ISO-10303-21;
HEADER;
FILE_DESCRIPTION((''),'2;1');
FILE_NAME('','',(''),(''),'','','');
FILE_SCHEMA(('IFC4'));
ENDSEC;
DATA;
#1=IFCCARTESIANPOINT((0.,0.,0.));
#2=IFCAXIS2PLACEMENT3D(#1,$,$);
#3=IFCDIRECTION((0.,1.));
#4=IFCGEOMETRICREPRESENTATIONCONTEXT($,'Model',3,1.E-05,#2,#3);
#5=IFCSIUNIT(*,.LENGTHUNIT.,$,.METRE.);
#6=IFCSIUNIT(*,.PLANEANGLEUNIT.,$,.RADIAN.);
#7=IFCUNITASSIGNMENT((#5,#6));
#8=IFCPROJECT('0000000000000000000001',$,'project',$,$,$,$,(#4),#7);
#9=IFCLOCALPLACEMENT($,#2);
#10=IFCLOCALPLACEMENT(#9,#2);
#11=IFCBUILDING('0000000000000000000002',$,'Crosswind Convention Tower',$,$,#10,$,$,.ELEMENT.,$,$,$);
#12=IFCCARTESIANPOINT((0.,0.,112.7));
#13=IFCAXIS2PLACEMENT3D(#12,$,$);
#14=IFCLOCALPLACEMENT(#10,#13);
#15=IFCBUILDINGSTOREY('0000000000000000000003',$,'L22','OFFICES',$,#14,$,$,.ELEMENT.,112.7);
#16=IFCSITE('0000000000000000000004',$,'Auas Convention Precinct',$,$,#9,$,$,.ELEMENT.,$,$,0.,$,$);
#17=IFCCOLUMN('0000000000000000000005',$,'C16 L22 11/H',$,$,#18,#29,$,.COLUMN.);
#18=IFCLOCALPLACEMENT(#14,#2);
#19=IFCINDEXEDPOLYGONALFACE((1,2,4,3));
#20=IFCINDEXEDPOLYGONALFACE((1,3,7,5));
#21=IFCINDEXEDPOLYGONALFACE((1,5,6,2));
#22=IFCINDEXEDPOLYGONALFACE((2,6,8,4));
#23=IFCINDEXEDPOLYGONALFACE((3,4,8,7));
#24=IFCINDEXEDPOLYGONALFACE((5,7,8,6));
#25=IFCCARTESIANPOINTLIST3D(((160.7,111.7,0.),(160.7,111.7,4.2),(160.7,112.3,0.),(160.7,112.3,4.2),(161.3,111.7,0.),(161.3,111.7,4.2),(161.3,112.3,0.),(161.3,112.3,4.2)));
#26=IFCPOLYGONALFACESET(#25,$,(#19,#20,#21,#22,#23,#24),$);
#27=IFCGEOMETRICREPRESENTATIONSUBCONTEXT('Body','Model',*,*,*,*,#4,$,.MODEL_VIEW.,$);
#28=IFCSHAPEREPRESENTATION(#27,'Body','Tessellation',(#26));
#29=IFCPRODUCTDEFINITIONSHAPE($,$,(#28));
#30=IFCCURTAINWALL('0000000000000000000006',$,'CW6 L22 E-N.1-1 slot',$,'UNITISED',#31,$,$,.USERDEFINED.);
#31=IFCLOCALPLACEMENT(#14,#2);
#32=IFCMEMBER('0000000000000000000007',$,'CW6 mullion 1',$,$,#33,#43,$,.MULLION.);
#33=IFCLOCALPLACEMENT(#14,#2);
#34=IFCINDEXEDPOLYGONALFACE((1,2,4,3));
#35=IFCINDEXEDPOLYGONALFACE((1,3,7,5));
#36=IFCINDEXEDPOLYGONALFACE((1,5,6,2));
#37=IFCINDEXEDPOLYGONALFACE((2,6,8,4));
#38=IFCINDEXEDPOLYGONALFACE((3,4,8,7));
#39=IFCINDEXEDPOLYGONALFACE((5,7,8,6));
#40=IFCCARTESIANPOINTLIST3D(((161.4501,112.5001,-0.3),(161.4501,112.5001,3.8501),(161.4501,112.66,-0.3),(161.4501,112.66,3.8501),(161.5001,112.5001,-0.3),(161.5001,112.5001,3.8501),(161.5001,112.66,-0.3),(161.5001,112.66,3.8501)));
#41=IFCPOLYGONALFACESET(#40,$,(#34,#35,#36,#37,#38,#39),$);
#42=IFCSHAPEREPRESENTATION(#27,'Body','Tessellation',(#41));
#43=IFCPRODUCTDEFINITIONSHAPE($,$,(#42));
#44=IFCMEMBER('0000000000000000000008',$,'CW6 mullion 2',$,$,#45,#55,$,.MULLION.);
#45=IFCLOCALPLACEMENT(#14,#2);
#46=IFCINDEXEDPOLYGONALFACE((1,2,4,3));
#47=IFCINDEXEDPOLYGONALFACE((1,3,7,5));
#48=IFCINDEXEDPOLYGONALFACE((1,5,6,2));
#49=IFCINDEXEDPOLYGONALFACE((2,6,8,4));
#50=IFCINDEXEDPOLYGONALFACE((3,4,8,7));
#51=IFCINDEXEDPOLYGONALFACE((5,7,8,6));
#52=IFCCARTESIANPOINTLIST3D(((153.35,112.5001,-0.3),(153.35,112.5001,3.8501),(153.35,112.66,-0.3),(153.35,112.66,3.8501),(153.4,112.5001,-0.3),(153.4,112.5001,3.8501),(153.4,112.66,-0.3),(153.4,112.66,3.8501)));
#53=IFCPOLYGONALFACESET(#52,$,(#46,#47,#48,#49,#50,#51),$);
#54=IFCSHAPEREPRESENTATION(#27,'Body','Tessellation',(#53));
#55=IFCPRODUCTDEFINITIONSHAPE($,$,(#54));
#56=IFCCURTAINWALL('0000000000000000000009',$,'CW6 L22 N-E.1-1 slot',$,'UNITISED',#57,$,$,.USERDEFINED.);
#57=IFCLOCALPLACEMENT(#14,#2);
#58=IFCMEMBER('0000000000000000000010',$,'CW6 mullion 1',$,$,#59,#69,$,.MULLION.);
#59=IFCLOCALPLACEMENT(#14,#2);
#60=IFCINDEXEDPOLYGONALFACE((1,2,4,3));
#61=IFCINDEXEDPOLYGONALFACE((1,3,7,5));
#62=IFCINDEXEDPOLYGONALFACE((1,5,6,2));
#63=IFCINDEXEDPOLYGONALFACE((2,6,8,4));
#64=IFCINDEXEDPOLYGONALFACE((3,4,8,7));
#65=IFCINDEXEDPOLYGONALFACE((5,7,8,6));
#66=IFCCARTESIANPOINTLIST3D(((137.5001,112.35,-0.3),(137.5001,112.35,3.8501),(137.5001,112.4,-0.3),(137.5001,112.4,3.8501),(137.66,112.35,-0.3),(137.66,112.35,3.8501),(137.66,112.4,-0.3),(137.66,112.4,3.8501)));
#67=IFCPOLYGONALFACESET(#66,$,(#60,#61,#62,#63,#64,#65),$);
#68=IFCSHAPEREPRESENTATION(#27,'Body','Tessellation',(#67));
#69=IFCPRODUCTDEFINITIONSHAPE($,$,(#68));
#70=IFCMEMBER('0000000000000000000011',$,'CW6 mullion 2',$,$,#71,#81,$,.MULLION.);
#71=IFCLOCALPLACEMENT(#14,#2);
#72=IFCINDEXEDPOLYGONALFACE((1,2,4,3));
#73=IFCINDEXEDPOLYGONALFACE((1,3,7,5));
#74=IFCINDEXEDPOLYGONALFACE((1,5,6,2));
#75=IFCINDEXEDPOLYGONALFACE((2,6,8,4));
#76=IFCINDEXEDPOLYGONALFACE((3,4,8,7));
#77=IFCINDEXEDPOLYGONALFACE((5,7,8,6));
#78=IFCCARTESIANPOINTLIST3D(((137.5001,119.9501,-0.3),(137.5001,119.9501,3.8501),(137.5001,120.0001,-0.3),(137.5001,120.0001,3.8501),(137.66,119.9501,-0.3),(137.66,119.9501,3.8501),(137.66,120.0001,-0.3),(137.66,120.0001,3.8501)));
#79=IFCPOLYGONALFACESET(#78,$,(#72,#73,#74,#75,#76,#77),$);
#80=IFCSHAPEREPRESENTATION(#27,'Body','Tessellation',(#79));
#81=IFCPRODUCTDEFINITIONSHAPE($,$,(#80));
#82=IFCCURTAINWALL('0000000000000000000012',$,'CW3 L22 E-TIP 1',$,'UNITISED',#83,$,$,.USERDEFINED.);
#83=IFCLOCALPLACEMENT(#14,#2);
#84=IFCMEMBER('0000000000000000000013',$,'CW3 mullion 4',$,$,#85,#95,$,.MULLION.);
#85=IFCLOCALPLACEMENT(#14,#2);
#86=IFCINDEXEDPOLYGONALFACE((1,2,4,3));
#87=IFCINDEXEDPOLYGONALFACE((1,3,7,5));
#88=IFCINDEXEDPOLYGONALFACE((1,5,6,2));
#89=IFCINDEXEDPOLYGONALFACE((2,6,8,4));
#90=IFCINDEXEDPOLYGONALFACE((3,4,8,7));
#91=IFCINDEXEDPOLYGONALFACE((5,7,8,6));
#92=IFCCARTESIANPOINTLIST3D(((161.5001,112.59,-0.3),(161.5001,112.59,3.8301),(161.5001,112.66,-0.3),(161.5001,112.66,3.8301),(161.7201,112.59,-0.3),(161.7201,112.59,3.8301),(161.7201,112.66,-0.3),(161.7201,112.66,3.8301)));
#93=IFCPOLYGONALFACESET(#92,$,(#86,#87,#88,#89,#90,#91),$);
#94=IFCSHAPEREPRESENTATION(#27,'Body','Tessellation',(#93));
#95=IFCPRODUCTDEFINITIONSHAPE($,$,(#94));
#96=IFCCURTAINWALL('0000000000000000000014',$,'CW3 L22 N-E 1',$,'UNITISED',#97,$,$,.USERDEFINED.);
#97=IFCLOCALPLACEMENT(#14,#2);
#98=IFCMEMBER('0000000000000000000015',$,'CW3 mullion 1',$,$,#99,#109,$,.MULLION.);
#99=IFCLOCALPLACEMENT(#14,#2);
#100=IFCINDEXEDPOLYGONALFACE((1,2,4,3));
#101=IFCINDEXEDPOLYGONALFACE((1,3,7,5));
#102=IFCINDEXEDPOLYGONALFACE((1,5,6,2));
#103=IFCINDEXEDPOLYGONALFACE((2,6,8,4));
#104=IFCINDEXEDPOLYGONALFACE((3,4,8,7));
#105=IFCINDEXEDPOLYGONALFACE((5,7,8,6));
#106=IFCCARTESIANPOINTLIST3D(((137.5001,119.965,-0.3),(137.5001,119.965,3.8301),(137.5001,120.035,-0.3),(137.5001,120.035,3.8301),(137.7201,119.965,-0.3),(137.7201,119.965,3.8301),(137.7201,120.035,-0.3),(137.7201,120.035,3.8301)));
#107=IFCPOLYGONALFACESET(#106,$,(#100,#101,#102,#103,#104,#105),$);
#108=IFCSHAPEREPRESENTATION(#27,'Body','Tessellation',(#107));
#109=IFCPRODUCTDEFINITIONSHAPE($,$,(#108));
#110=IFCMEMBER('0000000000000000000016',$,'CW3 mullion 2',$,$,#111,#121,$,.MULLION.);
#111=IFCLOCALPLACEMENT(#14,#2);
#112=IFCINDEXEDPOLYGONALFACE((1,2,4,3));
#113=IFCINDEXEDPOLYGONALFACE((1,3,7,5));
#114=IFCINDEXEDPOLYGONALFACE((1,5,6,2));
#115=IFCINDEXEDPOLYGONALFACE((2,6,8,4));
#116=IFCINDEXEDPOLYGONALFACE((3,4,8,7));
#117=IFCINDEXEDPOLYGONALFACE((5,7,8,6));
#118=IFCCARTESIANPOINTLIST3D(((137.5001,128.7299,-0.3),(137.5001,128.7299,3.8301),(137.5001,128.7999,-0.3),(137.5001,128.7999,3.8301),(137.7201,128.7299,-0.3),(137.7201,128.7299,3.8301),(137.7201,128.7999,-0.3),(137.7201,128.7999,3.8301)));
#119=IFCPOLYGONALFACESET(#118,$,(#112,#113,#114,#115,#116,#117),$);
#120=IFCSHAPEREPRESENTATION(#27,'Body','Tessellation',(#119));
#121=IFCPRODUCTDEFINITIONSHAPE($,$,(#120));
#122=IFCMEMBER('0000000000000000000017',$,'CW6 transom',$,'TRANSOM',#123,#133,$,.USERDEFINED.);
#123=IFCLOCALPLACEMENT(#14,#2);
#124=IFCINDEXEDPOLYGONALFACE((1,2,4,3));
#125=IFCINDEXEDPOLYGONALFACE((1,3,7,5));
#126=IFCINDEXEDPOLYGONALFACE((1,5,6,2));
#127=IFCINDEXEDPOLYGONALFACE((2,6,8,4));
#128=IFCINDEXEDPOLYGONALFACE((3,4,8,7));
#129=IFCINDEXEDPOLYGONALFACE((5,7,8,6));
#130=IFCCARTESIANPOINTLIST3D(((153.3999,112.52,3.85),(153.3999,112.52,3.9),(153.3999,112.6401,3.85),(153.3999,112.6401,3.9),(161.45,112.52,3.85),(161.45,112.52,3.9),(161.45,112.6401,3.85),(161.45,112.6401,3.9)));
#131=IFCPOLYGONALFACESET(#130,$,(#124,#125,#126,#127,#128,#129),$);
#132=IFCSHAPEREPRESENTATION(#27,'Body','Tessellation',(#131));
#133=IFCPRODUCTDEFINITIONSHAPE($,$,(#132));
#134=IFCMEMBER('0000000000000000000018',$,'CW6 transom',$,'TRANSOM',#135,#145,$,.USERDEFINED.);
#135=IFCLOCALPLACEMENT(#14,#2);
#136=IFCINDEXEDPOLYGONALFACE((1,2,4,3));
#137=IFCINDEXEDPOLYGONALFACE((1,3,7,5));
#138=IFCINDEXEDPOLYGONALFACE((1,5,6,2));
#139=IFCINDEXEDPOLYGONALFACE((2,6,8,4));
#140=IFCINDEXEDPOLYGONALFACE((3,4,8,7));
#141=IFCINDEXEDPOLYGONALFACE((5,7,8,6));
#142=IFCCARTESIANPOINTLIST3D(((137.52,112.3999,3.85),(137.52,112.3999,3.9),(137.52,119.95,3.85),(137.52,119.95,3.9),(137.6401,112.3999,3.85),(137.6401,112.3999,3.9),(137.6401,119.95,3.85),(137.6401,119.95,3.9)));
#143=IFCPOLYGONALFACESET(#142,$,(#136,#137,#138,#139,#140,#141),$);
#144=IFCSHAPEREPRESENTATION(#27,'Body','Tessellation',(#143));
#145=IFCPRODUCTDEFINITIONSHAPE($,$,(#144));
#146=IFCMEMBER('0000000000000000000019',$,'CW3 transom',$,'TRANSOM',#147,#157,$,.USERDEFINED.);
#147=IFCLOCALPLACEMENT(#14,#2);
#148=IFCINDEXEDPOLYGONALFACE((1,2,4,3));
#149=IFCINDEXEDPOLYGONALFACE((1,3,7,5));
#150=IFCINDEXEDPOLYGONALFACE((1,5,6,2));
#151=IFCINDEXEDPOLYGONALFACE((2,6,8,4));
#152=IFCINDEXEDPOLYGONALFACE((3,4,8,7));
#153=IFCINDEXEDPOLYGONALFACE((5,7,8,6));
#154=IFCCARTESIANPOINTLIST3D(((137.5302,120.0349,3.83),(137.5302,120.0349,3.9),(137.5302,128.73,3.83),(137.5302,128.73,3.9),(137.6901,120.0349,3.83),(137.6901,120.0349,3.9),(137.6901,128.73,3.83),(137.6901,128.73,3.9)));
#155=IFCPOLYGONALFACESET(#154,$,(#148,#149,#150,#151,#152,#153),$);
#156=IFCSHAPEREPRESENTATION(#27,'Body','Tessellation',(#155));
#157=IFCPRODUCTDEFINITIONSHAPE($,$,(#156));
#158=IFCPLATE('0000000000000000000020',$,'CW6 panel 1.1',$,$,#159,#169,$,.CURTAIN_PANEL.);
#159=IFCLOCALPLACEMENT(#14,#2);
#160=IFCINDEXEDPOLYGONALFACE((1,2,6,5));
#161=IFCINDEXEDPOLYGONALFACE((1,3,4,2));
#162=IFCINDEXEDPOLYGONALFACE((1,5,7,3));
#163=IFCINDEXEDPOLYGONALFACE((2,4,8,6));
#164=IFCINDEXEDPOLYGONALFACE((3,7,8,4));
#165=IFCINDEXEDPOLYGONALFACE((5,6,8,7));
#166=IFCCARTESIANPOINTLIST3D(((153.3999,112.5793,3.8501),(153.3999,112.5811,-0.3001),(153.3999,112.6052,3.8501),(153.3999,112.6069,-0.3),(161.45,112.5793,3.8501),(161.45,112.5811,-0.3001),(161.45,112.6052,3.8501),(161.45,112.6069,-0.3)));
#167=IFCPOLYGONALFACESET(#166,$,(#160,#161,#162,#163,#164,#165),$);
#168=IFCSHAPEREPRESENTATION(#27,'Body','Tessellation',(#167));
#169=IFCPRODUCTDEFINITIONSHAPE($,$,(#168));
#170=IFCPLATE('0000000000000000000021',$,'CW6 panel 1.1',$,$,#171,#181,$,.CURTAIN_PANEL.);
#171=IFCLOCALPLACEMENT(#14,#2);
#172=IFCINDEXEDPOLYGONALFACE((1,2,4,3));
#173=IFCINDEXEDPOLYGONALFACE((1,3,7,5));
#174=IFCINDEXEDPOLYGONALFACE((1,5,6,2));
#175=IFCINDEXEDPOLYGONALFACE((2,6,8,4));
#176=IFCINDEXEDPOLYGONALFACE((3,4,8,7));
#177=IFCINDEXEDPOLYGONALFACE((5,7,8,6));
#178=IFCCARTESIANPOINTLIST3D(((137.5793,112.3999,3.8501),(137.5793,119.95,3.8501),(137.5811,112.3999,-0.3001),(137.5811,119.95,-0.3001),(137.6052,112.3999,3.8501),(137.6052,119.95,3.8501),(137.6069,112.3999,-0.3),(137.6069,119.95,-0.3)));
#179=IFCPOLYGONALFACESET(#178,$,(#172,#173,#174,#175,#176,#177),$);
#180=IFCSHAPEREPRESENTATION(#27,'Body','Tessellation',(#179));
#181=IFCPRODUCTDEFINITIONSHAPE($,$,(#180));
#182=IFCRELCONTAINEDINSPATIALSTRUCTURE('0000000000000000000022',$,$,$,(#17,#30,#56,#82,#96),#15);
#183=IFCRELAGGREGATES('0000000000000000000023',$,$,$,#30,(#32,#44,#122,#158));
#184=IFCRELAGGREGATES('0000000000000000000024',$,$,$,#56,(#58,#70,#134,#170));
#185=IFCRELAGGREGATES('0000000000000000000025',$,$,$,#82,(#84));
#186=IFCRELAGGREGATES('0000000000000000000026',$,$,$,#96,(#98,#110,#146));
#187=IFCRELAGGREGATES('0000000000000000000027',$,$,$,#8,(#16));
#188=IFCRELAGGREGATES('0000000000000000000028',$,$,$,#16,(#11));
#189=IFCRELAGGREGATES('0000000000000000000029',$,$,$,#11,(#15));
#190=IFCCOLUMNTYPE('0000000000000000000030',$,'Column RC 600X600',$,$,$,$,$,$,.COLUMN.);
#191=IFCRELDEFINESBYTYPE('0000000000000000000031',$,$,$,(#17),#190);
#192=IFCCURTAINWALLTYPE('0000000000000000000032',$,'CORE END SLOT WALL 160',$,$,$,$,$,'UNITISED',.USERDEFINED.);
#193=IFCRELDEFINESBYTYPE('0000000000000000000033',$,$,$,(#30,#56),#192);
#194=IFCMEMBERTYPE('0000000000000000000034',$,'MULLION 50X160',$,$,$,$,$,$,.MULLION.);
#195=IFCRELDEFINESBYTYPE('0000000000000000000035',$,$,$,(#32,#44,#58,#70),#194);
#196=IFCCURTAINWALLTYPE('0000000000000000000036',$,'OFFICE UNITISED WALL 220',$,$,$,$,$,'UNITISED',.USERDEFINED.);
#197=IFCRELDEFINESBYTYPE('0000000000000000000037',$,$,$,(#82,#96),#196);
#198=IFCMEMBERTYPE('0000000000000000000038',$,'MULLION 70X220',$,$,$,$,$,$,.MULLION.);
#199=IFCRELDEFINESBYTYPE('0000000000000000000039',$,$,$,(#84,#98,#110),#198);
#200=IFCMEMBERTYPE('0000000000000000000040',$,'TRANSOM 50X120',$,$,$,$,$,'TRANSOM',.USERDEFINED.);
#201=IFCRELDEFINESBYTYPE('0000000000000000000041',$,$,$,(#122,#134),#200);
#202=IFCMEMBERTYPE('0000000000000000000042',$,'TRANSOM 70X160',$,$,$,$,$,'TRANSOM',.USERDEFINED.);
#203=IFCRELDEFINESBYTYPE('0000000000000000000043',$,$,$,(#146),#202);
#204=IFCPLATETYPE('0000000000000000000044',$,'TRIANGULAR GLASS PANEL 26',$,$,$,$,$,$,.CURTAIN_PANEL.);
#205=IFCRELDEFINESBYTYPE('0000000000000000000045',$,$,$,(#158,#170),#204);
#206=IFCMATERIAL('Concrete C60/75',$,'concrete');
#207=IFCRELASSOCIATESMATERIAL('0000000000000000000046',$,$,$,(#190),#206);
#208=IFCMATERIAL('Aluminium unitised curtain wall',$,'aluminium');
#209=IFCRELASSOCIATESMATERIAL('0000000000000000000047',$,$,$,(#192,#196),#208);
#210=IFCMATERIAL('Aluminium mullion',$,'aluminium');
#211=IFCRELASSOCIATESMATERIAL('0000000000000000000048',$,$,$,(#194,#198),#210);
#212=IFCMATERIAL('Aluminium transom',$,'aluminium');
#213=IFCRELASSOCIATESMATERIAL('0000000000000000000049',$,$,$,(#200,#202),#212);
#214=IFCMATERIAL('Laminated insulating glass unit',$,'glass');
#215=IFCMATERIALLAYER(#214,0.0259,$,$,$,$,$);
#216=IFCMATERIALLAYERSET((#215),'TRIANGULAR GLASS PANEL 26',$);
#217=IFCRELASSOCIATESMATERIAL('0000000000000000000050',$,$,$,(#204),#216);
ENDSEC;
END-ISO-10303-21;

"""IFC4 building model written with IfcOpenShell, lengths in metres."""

from ifc_helpers import new_model, si_unit, direction, frame, origin, origin_2d, place, context, subcontext, project, spatial, polyline, rectangle, outline, extrude, material, layer, layer_set, material_profile, profile_set, type_object, element, aggregate, save


model = new_model("IFC4")

# Units and contexts
model_context = context("Model", 3, precision=1e-05, world=origin(), true_north=direction((0.0, 1.0)))
body_context = subcontext(model_context, "Body", "Model", "MODEL_VIEW")
ifc_project = project(units=[si_unit("LENGTHUNIT", "METRE"), si_unit("PLANEANGLEUNIT", "RADIAN")], contexts=[model_context])

# Site, building, storey
site_placement = place(None, origin())
site = spatial("IfcSite", under=ifc_project, at=site_placement, Name="Auas Convention Precinct", CompositionType="ELEMENT", RefElevation=0.0)
building_placement = place(site_placement, origin())
building = spatial("IfcBuilding", under=site, at=building_placement, Name="Crosswind Convention Tower", CompositionType="ELEMENT")
storey_placement = place(building_placement, frame((0.0, 0.0, 112.7)))
storey = spatial("IfcBuildingStorey", under=building, at=storey_placement, Name="L22", Description="OFFICES", CompositionType="ELEMENT", Elevation=112.7)

# Column
ifc_material_1 = material(Name="Concrete C60/75", Category="concrete")
ifc_material_profile_1 = material_profile(ifc_material_1, rectangle(XDim=0.6001, YDim=0.6001, at=origin_2d()), Name="RC 600X600")
ifc_profile_set_1 = profile_set([ifc_material_profile_1], Name="Concrete C60/75")
column_type = type_object("IfcColumnType", Name="Column RC 600X600", PredefinedType="COLUMN", material=ifc_profile_set_1)
column_placement = place(storey_placement, frame((161.0, 112.0, 0.0), z_axis=(0.0, 0.0, 1.0), x_axis=(1.0, 0.0, 0.0)))
element("IfcColumn", 1, at=column_placement, inside=storey, type_object=column_type, Name="C16 L22 11/H", PredefinedType="COLUMN", context=body_context, shape_type="SweptSolid", body=[
    extrude(rectangle(XDim=0.6001, YDim=0.6001, at=origin_2d()), origin(), (0.0, 0.0, 1.0), 4.2),
])

# Curtain walls, members
ifc_material_2 = material(Name="Aluminium unitised curtain wall", Category="aluminium")
curtain_wall_type_1 = type_object("IfcCurtainWallType", Name="CORE END SLOT WALL 160", ElementType="UNITISED", PredefinedType="USERDEFINED", material=ifc_material_2)
curtain_wall_1_placement = place(storey_placement, origin())
curtain_wall_1 = element("IfcCurtainWall", 2, at=curtain_wall_1_placement, inside=storey, type_object=curtain_wall_type_1, Name="CW6 L22 E-N.1-1 slot", ObjectType="UNITISED", PredefinedType="USERDEFINED")
ifc_material_3 = material(Name="Aluminium mullion", Category="aluminium")
ifc_material_profile_2 = material_profile(ifc_material_3, rectangle(XDim=0.1599, YDim=0.05, at=origin_2d()), Name="AL 160X50")
ifc_profile_set_2 = profile_set([ifc_material_profile_2], Name="Aluminium mullion")
member_type_1 = type_object("IfcMemberType", Name="MULLION 50X160", PredefinedType="MULLION", material=ifc_profile_set_2)
member_1_placement = place(storey_placement, frame((161.4751, 112.5801, -0.3), z_axis=(0.0, 0.0, 1.0), x_axis=(0.0, 1.0, 0.0)))
member_1 = element("IfcMember", 3, at=member_1_placement, type_object=member_type_1, Name="CW6 mullion 1", PredefinedType="MULLION", context=body_context, shape_type="SweptSolid", body=[
    extrude(rectangle(XDim=0.1599, YDim=0.05, at=origin_2d()), origin(), (0.0, 0.0, 1.0), 4.1501),
])
member_2_placement = place(storey_placement, frame((153.375, 112.5801, -0.3), z_axis=(0.0, 0.0, 1.0), x_axis=(0.0, 1.0, 0.0)))
member_2 = element("IfcMember", 4, at=member_2_placement, type_object=member_type_1, Name="CW6 mullion 2", PredefinedType="MULLION", context=body_context, shape_type="SweptSolid", body=[
    extrude(rectangle(XDim=0.1599, YDim=0.05, at=origin_2d()), origin(), (0.0, 0.0, 1.0), 4.1501),
])
curtain_wall_2_placement = place(storey_placement, origin())
curtain_wall_2 = element("IfcCurtainWall", 5, at=curtain_wall_2_placement, inside=storey, type_object=curtain_wall_type_1, Name="CW6 L22 N-E.1-1 slot", ObjectType="UNITISED", PredefinedType="USERDEFINED")
member_3_placement = place(storey_placement, frame((137.5801, 112.375, -0.3), z_axis=(0.0, 0.0, 1.0), x_axis=(1.0, 0.0, 0.0)))
member_3 = element("IfcMember", 6, at=member_3_placement, type_object=member_type_1, Name="CW6 mullion 1", PredefinedType="MULLION", context=body_context, shape_type="SweptSolid", body=[
    extrude(rectangle(XDim=0.1599, YDim=0.05, at=origin_2d()), origin(), (0.0, 0.0, 1.0), 4.1501),
])
member_4_placement = place(storey_placement, frame((137.5801, 119.9751, -0.3), z_axis=(0.0, 0.0, 1.0), x_axis=(1.0, 0.0, 0.0)))
member_4 = element("IfcMember", 7, at=member_4_placement, type_object=member_type_1, Name="CW6 mullion 2", PredefinedType="MULLION", context=body_context, shape_type="SweptSolid", body=[
    extrude(rectangle(XDim=0.1599, YDim=0.05, at=origin_2d()), origin(), (0.0, 0.0, 1.0), 4.1501),
])

# Curtain wall, member
curtain_wall_type_2 = type_object("IfcCurtainWallType", Name="OFFICE UNITISED WALL 220", ElementType="UNITISED", PredefinedType="USERDEFINED", material=ifc_material_2)
curtain_wall_3_placement = place(storey_placement, origin())
curtain_wall_3 = element("IfcCurtainWall", 8, at=curtain_wall_3_placement, inside=storey, type_object=curtain_wall_type_2, Name="CW3 L22 E-TIP 1", ObjectType="UNITISED", PredefinedType="USERDEFINED")
ifc_material_profile_3 = material_profile(ifc_material_3, rectangle(XDim=0.22, YDim=0.0701, at=origin_2d()), Name="AL 220X70")
ifc_profile_set_3 = profile_set([ifc_material_profile_3], Name="Aluminium mullion")
member_type_2 = type_object("IfcMemberType", Name="MULLION 70X220", PredefinedType="MULLION", material=ifc_profile_set_3)
member_5_placement = place(storey_placement, frame((161.6101, 112.625, -0.3), z_axis=(0.0, 0.0, 1.0), x_axis=(1.0, 0.0, 0.0)))
member_5 = element("IfcMember", 9, at=member_5_placement, type_object=member_type_2, Name="CW3 mullion 4", PredefinedType="MULLION", context=body_context, shape_type="SweptSolid", body=[
    extrude(rectangle(XDim=0.22, YDim=0.0701, at=origin_2d()), origin(), (0.0, 0.0, 1.0), 4.1301),
])

# Curtain wall, members
curtain_wall_4_placement = place(storey_placement, origin())
curtain_wall_4 = element("IfcCurtainWall", 10, at=curtain_wall_4_placement, inside=storey, type_object=curtain_wall_type_2, Name="CW3 L22 N-E 1", ObjectType="UNITISED", PredefinedType="USERDEFINED")
member_6_placement = place(storey_placement, frame((137.6101, 120.0, -0.3), z_axis=(0.0, 0.0, 1.0), x_axis=(1.0, 0.0, 0.0)))
member_6 = element("IfcMember", 11, at=member_6_placement, type_object=member_type_2, Name="CW3 mullion 1", PredefinedType="MULLION", context=body_context, shape_type="SweptSolid", body=[
    extrude(rectangle(XDim=0.22, YDim=0.0701, at=origin_2d()), origin(), (0.0, 0.0, 1.0), 4.1301),
])
member_7_placement = place(storey_placement, frame((137.6101, 128.7649, -0.3), z_axis=(0.0, 0.0, 1.0), x_axis=(1.0, 0.0, 0.0)))
member_7 = element("IfcMember", 12, at=member_7_placement, type_object=member_type_2, Name="CW3 mullion 2", PredefinedType="MULLION", context=body_context, shape_type="SweptSolid", body=[
    extrude(rectangle(XDim=0.22, YDim=0.0701, at=origin_2d()), origin(), (0.0, 0.0, 1.0), 4.1301),
])

# Members
ifc_material_4 = material(Name="Aluminium transom", Category="aluminium")
ifc_material_profile_4 = material_profile(ifc_material_4, rectangle(XDim=0.1201, YDim=0.05, at=origin_2d()), Name="AL 120X50")
ifc_profile_set_4 = profile_set([ifc_material_profile_4], Name="Aluminium transom")
member_type_3 = type_object("IfcMemberType", Name="TRANSOM 50X120", ElementType="TRANSOM", PredefinedType="USERDEFINED", material=ifc_profile_set_4)
member_8_placement = place(storey_placement, frame((161.45, 112.5801, 3.875), z_axis=(-1.0, 0.0, 0.0), x_axis=(0.0, -1.0, 0.0)))
member_8 = element("IfcMember", 13, at=member_8_placement, type_object=member_type_3, Name="CW6 transom", ObjectType="TRANSOM", PredefinedType="USERDEFINED", context=body_context, shape_type="SweptSolid", body=[
    extrude(rectangle(XDim=0.1201, YDim=0.05, at=origin_2d()), origin(), (0.0, 0.0, 1.0), 8.05),
])
member_9_placement = place(storey_placement, frame((137.5801, 112.3999, 3.875), z_axis=(0.0, 1.0, 0.0), x_axis=(-1.0, 0.0, 0.0)))
member_9 = element("IfcMember", 14, at=member_9_placement, type_object=member_type_3, Name="CW6 transom", ObjectType="TRANSOM", PredefinedType="USERDEFINED", context=body_context, shape_type="SweptSolid", body=[
    extrude(rectangle(XDim=0.1201, YDim=0.05, at=origin_2d()), origin(), (0.0, 0.0, 1.0), 7.55),
])
ifc_material_profile_5 = material_profile(ifc_material_4, rectangle(XDim=0.1599, YDim=0.0701, at=origin_2d()), Name="AL 160X70")
ifc_profile_set_5 = profile_set([ifc_material_profile_5], Name="Aluminium transom")
member_type_4 = type_object("IfcMemberType", Name="TRANSOM 70X160", ElementType="TRANSOM", PredefinedType="USERDEFINED", material=ifc_profile_set_5)
member_10_placement = place(storey_placement, frame((137.6101, 120.0349, 3.865), z_axis=(0.0, 1.0, 0.0), x_axis=(-1.0, 0.0, 0.0)))
member_10 = element("IfcMember", 15, at=member_10_placement, type_object=member_type_4, Name="CW3 transom", ObjectType="TRANSOM", PredefinedType="USERDEFINED", context=body_context, shape_type="SweptSolid", body=[
    extrude(rectangle(XDim=0.1599, YDim=0.0701, at=origin_2d()), origin(), (0.0, 0.0, 1.0), 8.6951),
])

# Plates
ifc_material_5 = material(Name="Laminated insulating glass unit", Category="glass")
ifc_layer_1 = layer(ifc_material_5, 0.0259)
ifc_layer_set_1 = layer_set([ifc_layer_1], Name="TRIANGULAR GLASS PANEL 26")
plate_type_1 = type_object("IfcPlateType", Name="TRIANGULAR GLASS PANEL 26", PredefinedType="CURTAIN_PANEL", material=ifc_layer_set_1)
plate_1_placement = place(storey_placement, frame((161.45, 112.6069, -0.3), z_axis=(0.0, 1.0, 0.000412), x_axis=(-1.0, 0.0, 0.0)))
plate_1 = element("IfcPlate", 16, at=plate_1_placement, type_object=plate_type_1, Name="CW6 panel 1.1", PredefinedType="CURTAIN_PANEL", context=body_context, shape_type="SweptSolid", body=[
    extrude(outline(polyline([(0.0, 0.0), (8.05, 0.0), (8.05, 4.1501), (0.0, 4.1501), (0.0, 0.0)])), origin(), (0.0, 0.0, -1.0), 0.0259),
])
aggregate(curtain_wall_1, [member_1, member_2, member_8, plate_1])
plate_2_placement = place(storey_placement, frame((137.6069, 112.3999, -0.3), z_axis=(1.0, 0.0, 0.000412), x_axis=(0.0, 1.0, 0.0)))
plate_2 = element("IfcPlate", 17, at=plate_2_placement, type_object=plate_type_1, Name="CW6 panel 1.1", PredefinedType="CURTAIN_PANEL", context=body_context, shape_type="SweptSolid", body=[
    extrude(outline(polyline([(0.0, 0.0), (7.55, 0.0), (7.55, 4.1501), (0.0, 4.1501), (0.0, 0.0)])), origin(), (0.0, 0.0, -1.0), 0.0259),
])
aggregate(curtain_wall_2, [member_3, member_4, member_9, plate_2])
aggregate(curtain_wall_3, [member_5])

aggregate(curtain_wall_4, [member_6, member_7, member_10])

save(model, "model.ifc")
